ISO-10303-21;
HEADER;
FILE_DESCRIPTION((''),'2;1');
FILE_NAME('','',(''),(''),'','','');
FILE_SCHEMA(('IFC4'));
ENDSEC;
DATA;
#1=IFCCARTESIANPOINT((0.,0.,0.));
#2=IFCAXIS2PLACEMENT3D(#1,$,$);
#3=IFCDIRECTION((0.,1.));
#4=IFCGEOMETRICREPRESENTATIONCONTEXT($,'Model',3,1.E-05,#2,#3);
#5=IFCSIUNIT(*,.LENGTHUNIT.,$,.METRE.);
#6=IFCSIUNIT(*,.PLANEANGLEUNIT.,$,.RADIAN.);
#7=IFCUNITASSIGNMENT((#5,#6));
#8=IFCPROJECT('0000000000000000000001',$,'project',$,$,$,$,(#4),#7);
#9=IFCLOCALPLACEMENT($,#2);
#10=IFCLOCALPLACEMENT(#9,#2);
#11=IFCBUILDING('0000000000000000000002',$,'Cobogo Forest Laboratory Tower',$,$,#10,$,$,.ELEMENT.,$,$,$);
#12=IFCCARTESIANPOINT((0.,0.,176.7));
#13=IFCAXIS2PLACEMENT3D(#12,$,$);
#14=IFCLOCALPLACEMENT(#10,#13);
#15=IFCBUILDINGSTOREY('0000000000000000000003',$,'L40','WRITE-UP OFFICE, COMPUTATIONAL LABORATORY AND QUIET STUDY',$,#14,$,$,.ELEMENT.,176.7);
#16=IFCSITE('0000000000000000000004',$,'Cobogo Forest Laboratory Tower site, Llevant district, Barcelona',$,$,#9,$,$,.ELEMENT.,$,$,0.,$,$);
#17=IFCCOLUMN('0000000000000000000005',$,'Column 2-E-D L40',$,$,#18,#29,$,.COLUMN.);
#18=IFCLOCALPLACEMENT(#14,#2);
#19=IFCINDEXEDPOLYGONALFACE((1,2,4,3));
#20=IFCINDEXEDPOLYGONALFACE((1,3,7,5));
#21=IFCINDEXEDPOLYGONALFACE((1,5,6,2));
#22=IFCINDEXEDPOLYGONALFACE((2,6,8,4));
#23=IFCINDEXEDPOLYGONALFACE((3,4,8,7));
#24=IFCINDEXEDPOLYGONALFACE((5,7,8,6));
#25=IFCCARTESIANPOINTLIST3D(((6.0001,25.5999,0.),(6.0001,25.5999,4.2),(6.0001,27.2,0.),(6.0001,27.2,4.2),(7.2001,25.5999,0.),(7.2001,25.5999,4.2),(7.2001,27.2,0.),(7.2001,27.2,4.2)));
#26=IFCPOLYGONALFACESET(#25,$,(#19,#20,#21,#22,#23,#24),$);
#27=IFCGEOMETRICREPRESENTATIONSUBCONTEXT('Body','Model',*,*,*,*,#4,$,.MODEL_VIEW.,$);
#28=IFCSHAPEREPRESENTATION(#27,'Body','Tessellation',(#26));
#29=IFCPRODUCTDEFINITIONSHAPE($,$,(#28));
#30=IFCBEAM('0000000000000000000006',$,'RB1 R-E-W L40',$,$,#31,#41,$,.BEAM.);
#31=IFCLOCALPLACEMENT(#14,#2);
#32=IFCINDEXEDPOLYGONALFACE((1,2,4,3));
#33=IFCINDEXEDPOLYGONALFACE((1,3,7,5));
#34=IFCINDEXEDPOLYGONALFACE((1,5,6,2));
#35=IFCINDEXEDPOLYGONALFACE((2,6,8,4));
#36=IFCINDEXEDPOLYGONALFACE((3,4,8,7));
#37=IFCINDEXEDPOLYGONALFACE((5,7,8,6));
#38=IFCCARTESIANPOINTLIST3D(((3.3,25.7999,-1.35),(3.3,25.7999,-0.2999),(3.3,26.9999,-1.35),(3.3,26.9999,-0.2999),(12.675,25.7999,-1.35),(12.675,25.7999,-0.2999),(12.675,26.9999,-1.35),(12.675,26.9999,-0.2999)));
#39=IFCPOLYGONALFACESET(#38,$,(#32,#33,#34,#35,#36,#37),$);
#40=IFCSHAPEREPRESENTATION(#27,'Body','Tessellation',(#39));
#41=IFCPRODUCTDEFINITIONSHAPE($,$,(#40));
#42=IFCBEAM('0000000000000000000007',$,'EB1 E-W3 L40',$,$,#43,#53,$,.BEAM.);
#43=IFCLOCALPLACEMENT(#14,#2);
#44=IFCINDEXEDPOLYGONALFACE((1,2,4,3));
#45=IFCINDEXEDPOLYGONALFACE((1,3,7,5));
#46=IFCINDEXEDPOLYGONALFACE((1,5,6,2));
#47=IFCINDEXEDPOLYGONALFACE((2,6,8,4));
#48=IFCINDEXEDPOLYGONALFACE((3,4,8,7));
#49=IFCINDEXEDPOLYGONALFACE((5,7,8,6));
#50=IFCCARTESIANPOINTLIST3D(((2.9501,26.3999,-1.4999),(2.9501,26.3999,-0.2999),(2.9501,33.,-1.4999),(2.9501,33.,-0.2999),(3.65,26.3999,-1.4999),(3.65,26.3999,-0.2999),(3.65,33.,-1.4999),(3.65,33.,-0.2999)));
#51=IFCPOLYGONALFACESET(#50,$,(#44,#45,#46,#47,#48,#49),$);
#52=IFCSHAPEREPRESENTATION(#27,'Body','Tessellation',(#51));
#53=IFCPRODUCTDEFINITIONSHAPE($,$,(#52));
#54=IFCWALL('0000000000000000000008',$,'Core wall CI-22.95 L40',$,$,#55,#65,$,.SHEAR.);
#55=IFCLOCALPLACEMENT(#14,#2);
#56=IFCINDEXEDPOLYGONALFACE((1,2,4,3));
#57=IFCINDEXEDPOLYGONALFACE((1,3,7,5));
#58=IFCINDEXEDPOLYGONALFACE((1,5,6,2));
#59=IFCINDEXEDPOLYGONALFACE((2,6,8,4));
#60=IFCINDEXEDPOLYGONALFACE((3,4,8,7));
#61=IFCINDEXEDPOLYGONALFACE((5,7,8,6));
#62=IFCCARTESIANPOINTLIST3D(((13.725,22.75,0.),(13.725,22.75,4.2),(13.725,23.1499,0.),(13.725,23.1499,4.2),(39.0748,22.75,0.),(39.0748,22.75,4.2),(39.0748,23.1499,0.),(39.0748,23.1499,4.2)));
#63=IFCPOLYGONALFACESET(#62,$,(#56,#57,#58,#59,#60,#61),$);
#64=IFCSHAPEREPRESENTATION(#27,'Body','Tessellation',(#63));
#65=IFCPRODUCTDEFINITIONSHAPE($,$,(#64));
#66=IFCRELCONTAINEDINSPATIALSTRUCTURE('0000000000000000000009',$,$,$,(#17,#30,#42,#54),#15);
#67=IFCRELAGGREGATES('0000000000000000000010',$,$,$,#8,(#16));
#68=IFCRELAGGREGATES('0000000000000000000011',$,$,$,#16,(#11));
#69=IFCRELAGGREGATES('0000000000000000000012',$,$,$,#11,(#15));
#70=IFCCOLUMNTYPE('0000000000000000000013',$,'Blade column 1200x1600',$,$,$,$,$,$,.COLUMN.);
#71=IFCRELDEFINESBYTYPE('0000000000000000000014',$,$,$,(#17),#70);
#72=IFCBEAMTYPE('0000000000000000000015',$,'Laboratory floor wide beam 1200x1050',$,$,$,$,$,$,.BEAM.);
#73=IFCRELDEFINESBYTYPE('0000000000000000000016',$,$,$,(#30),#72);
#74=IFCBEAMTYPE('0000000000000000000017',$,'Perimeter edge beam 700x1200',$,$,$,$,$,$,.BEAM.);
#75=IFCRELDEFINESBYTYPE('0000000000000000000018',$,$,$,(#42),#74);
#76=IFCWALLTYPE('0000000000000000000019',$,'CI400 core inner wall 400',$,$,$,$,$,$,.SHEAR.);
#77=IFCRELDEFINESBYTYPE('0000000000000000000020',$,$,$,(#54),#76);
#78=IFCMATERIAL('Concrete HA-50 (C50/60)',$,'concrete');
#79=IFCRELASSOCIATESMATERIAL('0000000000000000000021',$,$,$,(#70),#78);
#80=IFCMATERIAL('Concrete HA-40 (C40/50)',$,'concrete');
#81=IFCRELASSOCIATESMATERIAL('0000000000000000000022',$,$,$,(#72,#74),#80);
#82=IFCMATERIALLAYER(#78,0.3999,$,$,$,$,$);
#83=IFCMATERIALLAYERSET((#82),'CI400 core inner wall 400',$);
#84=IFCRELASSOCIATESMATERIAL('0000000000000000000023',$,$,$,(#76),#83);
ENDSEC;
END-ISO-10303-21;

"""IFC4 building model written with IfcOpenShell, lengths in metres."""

from ifc_helpers import new_model, si_unit, direction, frame, frame_2d, origin, origin_2d, place, context, subcontext, project, spatial, rectangle, extrude, material, layer, layer_set, material_profile, profile_set, type_object, element, save


model = new_model("IFC4")

# Units and contexts
model_context = context("Model", 3, precision=1e-05, world=origin(), true_north=direction((0.0, 1.0)))
body_context = subcontext(model_context, "Body", "Model", "MODEL_VIEW")
ifc_project = project(units=[si_unit("LENGTHUNIT", "METRE"), si_unit("PLANEANGLEUNIT", "RADIAN")], contexts=[model_context])

# Site, building, storey
site_placement = place(None, origin())
site = spatial("IfcSite", under=ifc_project, at=site_placement, Name="Cobogo Forest Laboratory Tower site, Llevant district, Barcelona", CompositionType="ELEMENT", RefElevation=0.0)
building_placement = place(site_placement, origin())
building = spatial("IfcBuilding", under=site, at=building_placement, Name="Cobogo Forest Laboratory Tower", CompositionType="ELEMENT")
storey_placement = place(building_placement, frame((0.0, 0.0, 176.7)))
storey = spatial("IfcBuildingStorey", under=building, at=storey_placement, Name="L40", Description="WRITE-UP OFFICE, COMPUTATIONAL LABORATORY AND QUIET STUDY", CompositionType="ELEMENT", Elevation=176.7)

# Column
ifc_material_1 = material(Name="Concrete HA-50 (C50/60)", Category="concrete")
ifc_material_profile_1 = material_profile(ifc_material_1, rectangle(XDim=1.6001, YDim=1.2, at=origin_2d()), Name="RC 1200x1600")
ifc_profile_set_1 = profile_set([ifc_material_profile_1], Name="Concrete HA-50 (C50/60)")
column_type = type_object("IfcColumnType", Name="Blade column 1200x1600", PredefinedType="COLUMN", material=ifc_profile_set_1)
column_placement = place(storey_placement, frame((6.6001, 26.3999, 0.0), z_axis=(0.0, 0.0, 1.0), x_axis=(0.0, 1.0, 0.0)))
element("IfcColumn", 1, at=column_placement, inside=storey, type_object=column_type, Name="Column 2-E-D L40", PredefinedType="COLUMN", context=body_context, shape_type="SweptSolid", body=[
    extrude(rectangle(XDim=1.6001, YDim=1.2, at=origin_2d()), origin(), (0.0, 0.0, 1.0), 4.2),
])

# Beams
ifc_material_2 = material(Name="Concrete HA-40 (C40/50)", Category="concrete")
ifc_material_profile_2 = material_profile(ifc_material_2, rectangle(XDim=1.2, YDim=1.05, at=origin_2d()), Name="RC 1200x1050")
ifc_profile_set_2 = profile_set([ifc_material_profile_2], Name="Concrete HA-40 (C40/50)")
beam_type_1 = type_object("IfcBeamType", Name="Laboratory floor wide beam 1200x1050", PredefinedType="BEAM", material=ifc_profile_set_2)
beam_1_placement = place(storey_placement, frame((12.675, 26.3999, -0.825), z_axis=(-1.0, 0.0, 0.0), x_axis=(0.0, -1.0, 0.0)))
element("IfcBeam", 2, at=beam_1_placement, inside=storey, type_object=beam_type_1, Name="RB1 R-E-W L40", PredefinedType="BEAM", context=body_context, shape_type="SweptSolid", body=[
    extrude(rectangle(XDim=1.2, YDim=1.05, at=origin_2d()), origin(), (0.0, 0.0, 1.0), 9.375),
])
ifc_material_profile_3 = material_profile(ifc_material_2, rectangle(XDim=0.7, YDim=1.2, at=origin_2d()), Name="RC 700x1200")
ifc_profile_set_3 = profile_set([ifc_material_profile_3], Name="Concrete HA-40 (C40/50)")
beam_type_2 = type_object("IfcBeamType", Name="Perimeter edge beam 700x1200", PredefinedType="BEAM", material=ifc_profile_set_3)
beam_2_placement = place(storey_placement, frame((3.3, 26.3999, -0.8999), z_axis=(0.0, 1.0, 0.0), x_axis=(-1.0, 0.0, 0.0)))
element("IfcBeam", 3, at=beam_2_placement, inside=storey, type_object=beam_type_2, Name="EB1 E-W3 L40", PredefinedType="BEAM", context=body_context, shape_type="SweptSolid", body=[
    extrude(rectangle(XDim=0.7, YDim=1.2, at=origin_2d()), origin(), (0.0, 0.0, 1.0), 6.6001),
])

# Wall
ifc_layer_1 = layer(ifc_material_1, 0.3999)
ifc_layer_set_1 = layer_set([ifc_layer_1], Name="CI400 core inner wall 400")
wall_type_1 = type_object("IfcWallType", Name="CI400 core inner wall 400", PredefinedType="SHEAR", material=ifc_layer_set_1)
wall_1_placement = place(storey_placement, frame((13.7251, 22.95, 0.0), z_axis=(0.0, 0.0, 1.0), x_axis=(1.0, 0.0, 0.0)))
element("IfcWall", 4, at=wall_1_placement, inside=storey, type_object=wall_type_1, Name="Core wall CI-22.95 L40", PredefinedType="SHEAR", context=body_context, shape_type="SweptSolid", body=[
    extrude(rectangle(XDim=25.3499, YDim=0.3999, at=frame_2d((12.6748, 0.0))), origin(), (0.0, 0.0, 1.0), 4.2),
])

save(model, "model.ifc")
